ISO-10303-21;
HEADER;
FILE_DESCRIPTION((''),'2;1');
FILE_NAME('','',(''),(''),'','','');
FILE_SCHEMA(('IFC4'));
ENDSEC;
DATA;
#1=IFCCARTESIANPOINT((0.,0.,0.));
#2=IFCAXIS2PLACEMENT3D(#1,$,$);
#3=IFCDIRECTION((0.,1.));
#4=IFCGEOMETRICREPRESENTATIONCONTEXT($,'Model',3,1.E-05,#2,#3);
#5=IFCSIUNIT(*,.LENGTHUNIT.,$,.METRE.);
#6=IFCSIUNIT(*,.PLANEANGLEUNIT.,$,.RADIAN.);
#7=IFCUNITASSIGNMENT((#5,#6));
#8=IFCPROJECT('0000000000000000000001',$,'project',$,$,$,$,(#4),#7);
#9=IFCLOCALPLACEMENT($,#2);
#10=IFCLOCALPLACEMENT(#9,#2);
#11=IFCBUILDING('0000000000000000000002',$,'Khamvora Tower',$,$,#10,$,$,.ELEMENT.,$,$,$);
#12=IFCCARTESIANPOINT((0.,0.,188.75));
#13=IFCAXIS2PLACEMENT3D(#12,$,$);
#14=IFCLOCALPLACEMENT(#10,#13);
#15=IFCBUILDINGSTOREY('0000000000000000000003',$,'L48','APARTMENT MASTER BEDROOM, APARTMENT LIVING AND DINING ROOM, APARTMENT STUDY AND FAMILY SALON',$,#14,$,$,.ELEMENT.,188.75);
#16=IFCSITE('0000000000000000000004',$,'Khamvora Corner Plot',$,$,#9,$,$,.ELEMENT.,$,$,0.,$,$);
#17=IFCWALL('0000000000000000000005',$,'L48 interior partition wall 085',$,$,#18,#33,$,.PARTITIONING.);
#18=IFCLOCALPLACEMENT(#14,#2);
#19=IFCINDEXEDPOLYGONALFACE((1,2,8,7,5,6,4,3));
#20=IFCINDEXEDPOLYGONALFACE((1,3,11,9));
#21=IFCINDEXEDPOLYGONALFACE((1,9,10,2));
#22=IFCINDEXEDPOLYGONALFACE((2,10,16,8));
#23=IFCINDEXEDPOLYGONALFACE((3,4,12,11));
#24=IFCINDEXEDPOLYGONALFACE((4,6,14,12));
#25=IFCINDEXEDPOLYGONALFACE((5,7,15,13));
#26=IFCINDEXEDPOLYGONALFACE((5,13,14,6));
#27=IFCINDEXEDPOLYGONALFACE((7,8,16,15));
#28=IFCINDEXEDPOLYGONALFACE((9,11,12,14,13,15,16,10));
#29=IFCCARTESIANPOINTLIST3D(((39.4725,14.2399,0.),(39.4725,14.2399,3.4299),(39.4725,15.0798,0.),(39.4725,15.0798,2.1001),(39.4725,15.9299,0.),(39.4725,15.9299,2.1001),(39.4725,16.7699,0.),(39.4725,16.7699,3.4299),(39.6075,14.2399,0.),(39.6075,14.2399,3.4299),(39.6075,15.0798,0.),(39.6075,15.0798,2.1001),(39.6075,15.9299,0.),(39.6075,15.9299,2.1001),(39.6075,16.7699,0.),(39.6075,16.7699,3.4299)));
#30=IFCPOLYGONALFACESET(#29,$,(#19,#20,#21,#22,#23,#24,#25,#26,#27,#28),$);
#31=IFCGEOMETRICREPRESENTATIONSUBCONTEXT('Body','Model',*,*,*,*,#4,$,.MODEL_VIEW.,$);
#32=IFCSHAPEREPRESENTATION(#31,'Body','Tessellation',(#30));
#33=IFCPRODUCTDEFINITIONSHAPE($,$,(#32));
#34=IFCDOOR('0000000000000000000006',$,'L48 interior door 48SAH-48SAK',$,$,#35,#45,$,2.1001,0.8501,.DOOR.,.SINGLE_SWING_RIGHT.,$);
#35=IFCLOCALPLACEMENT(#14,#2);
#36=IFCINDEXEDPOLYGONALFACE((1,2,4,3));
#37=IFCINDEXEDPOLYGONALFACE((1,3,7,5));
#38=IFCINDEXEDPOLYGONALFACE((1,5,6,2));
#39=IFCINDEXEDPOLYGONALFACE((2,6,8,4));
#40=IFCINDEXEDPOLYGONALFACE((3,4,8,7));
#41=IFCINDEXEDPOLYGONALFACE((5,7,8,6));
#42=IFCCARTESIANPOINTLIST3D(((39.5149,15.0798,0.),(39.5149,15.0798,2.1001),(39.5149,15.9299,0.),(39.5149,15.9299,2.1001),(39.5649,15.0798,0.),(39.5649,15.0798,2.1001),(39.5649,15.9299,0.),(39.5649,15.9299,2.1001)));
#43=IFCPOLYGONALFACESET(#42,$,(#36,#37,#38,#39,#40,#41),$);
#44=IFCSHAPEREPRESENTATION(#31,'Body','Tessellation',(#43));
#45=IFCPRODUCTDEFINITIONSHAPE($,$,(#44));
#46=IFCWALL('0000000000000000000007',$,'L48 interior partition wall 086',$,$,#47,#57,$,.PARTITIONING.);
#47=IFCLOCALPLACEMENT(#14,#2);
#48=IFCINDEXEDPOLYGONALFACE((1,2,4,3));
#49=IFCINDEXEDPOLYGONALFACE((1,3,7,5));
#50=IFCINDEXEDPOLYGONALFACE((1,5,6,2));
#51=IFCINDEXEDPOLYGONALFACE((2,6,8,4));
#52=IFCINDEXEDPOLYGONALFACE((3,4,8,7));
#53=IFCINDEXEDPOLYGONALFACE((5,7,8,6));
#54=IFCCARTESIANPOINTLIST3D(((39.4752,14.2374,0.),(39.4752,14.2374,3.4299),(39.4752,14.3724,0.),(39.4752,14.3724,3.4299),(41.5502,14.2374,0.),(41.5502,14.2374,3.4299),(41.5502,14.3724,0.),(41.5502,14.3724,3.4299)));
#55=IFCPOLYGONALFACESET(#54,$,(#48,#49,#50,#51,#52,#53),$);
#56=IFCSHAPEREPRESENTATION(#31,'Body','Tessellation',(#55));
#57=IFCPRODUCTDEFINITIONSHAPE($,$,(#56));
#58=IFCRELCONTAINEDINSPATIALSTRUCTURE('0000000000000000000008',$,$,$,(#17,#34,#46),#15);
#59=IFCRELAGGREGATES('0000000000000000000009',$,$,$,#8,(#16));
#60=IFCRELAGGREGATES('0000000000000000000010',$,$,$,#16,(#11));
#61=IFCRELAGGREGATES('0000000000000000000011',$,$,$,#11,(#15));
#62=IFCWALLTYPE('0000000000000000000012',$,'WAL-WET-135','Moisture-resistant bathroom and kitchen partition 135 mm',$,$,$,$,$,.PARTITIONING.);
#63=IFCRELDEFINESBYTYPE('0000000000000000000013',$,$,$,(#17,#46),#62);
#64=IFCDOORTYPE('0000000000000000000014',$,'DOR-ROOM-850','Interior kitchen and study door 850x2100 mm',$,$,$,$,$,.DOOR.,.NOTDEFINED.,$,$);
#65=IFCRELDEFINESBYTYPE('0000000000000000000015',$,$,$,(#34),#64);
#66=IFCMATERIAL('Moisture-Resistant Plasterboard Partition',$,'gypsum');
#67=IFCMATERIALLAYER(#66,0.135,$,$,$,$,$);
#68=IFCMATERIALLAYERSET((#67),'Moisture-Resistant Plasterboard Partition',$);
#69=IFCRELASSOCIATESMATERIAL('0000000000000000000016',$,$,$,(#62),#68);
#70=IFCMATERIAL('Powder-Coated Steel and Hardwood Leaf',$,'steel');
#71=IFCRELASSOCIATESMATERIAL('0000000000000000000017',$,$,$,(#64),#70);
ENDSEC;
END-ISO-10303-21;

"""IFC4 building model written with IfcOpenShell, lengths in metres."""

from ifc_helpers import new_model, si_unit, direction, frame, frame_2d, origin, place, context, subcontext, project, spatial, rectangle, extrude, material, layer, layer_set, type_object, element, fill, save


model = new_model("IFC4")

# Units and contexts
model_context = context("Model", 3, precision=1e-05, world=origin(), true_north=direction((0.0, 1.0)))
body_context = subcontext(model_context, "Body", "Model", "MODEL_VIEW")
ifc_project = project(units=[si_unit("LENGTHUNIT", "METRE"), si_unit("PLANEANGLEUNIT", "RADIAN")], contexts=[model_context])

# Site, building, storey
site_placement = place(None, origin())
site = spatial("IfcSite", under=ifc_project, at=site_placement, Name="Khamvora Corner Plot", CompositionType="ELEMENT", RefElevation=0.0)
building_placement = place(site_placement, origin())
building = spatial("IfcBuilding", under=site, at=building_placement, Name="Khamvora Tower", CompositionType="ELEMENT")
storey_placement = place(building_placement, frame((0.0, 0.0, 188.75)))
storey = spatial("IfcBuildingStorey", under=building, at=storey_placement, Name="L48", Description="APARTMENT MASTER BEDROOM, APARTMENT LIVING AND DINING ROOM, APARTMENT STUDY AND FAMILY SALON", CompositionType="ELEMENT", Elevation=188.75)

# Shared definitions
ifc_material_1 = material(Name="Powder-Coated Steel and Hardwood Leaf", Category="steel")

# Shared definitions
ifc_material_2 = material(Name="Moisture-Resistant Plasterboard Partition", Category="gypsum")
ifc_layer_1 = layer(ifc_material_2, 0.135)
ifc_layer_set_1 = layer_set([ifc_layer_1], Name="Moisture-Resistant Plasterboard Partition")
wall_type_1 = type_object("IfcWallType", Name="WAL-WET-135", Description="Moisture-resistant bathroom and kitchen partition 135 mm", PredefinedType="PARTITIONING", material=ifc_layer_set_1)

# Wall, opening, door
wall_1_placement = place(storey_placement, frame((39.54, 16.77, 0.0), z_axis=(0.0, 0.0, 1.0), x_axis=(0.0, -1.0, 0.0)))
wall_1 = element("IfcWall", 1, at=wall_1_placement, inside=storey, type_object=wall_type_1, Name="L48 interior partition wall 085", PredefinedType="PARTITIONING", context=body_context, shape_type="SweptSolid", body=[
    extrude(rectangle(XDim=2.53, YDim=0.135, at=frame_2d((1.2651, 0.0))), origin(), (0.0, 0.0, 1.0), 3.4299),
])
opening_1_placement = place(wall_1_placement, frame((0.8401, 0.0, 0.0)))
opening_1 = element("IfcOpeningElement", 2, at=opening_1_placement, cuts=wall_1, PredefinedType="OPENING", context=body_context, shape_type="SweptSolid", body=[
    extrude(rectangle(XDim=0.8501, YDim=2.1001, at=frame_2d((0.425, 1.05))), frame((0.0, 0.0774, 0.0), z_axis=(0.0, -1.0, 0.0), x_axis=(1.0, 0.0, 0.0)), (0.0, 0.0, 1.0), 0.155),
])
door_type_1 = type_object("IfcDoorType", Name="DOR-ROOM-850", Description="Interior kitchen and study door 850x2100 mm", OperationType="NOTDEFINED", PredefinedType="DOOR", material=ifc_material_1)
door_1_placement = place(opening_1_placement, origin())
door_1 = element("IfcDoor", 3, at=door_1_placement, inside=storey, type_object=door_type_1, Name="L48 interior door 48SAH-48SAK", OperationType="SINGLE_SWING_RIGHT", OverallHeight=2.1001, OverallWidth=0.8501, PredefinedType="DOOR", context=body_context, shape_type="SweptSolid", body=[
    extrude(rectangle(XDim=0.8501, YDim=2.1001, at=frame_2d((0.425, 1.05))), frame((0.0, 0.0249, 0.0), z_axis=(0.0, -1.0, 0.0), x_axis=(1.0, 0.0, 0.0)), (0.0, 0.0, 1.0), 0.05),
])
fill(opening_1, door_1)

# Wall
wall_2_placement = place(storey_placement, frame((39.4751, 14.3049, 0.0), z_axis=(0.0, 0.0, 1.0), x_axis=(1.0, 0.0, 0.0)))
element("IfcWall", 4, at=wall_2_placement, inside=storey, type_object=wall_type_1, Name="L48 interior partition wall 086", PredefinedType="PARTITIONING", context=body_context, shape_type="SweptSolid", body=[
    extrude(rectangle(XDim=2.075, YDim=0.135, at=frame_2d((1.0376, 0.0))), origin(), (0.0, 0.0, 1.0), 3.4299),
])

save(model, "model.ifc")
